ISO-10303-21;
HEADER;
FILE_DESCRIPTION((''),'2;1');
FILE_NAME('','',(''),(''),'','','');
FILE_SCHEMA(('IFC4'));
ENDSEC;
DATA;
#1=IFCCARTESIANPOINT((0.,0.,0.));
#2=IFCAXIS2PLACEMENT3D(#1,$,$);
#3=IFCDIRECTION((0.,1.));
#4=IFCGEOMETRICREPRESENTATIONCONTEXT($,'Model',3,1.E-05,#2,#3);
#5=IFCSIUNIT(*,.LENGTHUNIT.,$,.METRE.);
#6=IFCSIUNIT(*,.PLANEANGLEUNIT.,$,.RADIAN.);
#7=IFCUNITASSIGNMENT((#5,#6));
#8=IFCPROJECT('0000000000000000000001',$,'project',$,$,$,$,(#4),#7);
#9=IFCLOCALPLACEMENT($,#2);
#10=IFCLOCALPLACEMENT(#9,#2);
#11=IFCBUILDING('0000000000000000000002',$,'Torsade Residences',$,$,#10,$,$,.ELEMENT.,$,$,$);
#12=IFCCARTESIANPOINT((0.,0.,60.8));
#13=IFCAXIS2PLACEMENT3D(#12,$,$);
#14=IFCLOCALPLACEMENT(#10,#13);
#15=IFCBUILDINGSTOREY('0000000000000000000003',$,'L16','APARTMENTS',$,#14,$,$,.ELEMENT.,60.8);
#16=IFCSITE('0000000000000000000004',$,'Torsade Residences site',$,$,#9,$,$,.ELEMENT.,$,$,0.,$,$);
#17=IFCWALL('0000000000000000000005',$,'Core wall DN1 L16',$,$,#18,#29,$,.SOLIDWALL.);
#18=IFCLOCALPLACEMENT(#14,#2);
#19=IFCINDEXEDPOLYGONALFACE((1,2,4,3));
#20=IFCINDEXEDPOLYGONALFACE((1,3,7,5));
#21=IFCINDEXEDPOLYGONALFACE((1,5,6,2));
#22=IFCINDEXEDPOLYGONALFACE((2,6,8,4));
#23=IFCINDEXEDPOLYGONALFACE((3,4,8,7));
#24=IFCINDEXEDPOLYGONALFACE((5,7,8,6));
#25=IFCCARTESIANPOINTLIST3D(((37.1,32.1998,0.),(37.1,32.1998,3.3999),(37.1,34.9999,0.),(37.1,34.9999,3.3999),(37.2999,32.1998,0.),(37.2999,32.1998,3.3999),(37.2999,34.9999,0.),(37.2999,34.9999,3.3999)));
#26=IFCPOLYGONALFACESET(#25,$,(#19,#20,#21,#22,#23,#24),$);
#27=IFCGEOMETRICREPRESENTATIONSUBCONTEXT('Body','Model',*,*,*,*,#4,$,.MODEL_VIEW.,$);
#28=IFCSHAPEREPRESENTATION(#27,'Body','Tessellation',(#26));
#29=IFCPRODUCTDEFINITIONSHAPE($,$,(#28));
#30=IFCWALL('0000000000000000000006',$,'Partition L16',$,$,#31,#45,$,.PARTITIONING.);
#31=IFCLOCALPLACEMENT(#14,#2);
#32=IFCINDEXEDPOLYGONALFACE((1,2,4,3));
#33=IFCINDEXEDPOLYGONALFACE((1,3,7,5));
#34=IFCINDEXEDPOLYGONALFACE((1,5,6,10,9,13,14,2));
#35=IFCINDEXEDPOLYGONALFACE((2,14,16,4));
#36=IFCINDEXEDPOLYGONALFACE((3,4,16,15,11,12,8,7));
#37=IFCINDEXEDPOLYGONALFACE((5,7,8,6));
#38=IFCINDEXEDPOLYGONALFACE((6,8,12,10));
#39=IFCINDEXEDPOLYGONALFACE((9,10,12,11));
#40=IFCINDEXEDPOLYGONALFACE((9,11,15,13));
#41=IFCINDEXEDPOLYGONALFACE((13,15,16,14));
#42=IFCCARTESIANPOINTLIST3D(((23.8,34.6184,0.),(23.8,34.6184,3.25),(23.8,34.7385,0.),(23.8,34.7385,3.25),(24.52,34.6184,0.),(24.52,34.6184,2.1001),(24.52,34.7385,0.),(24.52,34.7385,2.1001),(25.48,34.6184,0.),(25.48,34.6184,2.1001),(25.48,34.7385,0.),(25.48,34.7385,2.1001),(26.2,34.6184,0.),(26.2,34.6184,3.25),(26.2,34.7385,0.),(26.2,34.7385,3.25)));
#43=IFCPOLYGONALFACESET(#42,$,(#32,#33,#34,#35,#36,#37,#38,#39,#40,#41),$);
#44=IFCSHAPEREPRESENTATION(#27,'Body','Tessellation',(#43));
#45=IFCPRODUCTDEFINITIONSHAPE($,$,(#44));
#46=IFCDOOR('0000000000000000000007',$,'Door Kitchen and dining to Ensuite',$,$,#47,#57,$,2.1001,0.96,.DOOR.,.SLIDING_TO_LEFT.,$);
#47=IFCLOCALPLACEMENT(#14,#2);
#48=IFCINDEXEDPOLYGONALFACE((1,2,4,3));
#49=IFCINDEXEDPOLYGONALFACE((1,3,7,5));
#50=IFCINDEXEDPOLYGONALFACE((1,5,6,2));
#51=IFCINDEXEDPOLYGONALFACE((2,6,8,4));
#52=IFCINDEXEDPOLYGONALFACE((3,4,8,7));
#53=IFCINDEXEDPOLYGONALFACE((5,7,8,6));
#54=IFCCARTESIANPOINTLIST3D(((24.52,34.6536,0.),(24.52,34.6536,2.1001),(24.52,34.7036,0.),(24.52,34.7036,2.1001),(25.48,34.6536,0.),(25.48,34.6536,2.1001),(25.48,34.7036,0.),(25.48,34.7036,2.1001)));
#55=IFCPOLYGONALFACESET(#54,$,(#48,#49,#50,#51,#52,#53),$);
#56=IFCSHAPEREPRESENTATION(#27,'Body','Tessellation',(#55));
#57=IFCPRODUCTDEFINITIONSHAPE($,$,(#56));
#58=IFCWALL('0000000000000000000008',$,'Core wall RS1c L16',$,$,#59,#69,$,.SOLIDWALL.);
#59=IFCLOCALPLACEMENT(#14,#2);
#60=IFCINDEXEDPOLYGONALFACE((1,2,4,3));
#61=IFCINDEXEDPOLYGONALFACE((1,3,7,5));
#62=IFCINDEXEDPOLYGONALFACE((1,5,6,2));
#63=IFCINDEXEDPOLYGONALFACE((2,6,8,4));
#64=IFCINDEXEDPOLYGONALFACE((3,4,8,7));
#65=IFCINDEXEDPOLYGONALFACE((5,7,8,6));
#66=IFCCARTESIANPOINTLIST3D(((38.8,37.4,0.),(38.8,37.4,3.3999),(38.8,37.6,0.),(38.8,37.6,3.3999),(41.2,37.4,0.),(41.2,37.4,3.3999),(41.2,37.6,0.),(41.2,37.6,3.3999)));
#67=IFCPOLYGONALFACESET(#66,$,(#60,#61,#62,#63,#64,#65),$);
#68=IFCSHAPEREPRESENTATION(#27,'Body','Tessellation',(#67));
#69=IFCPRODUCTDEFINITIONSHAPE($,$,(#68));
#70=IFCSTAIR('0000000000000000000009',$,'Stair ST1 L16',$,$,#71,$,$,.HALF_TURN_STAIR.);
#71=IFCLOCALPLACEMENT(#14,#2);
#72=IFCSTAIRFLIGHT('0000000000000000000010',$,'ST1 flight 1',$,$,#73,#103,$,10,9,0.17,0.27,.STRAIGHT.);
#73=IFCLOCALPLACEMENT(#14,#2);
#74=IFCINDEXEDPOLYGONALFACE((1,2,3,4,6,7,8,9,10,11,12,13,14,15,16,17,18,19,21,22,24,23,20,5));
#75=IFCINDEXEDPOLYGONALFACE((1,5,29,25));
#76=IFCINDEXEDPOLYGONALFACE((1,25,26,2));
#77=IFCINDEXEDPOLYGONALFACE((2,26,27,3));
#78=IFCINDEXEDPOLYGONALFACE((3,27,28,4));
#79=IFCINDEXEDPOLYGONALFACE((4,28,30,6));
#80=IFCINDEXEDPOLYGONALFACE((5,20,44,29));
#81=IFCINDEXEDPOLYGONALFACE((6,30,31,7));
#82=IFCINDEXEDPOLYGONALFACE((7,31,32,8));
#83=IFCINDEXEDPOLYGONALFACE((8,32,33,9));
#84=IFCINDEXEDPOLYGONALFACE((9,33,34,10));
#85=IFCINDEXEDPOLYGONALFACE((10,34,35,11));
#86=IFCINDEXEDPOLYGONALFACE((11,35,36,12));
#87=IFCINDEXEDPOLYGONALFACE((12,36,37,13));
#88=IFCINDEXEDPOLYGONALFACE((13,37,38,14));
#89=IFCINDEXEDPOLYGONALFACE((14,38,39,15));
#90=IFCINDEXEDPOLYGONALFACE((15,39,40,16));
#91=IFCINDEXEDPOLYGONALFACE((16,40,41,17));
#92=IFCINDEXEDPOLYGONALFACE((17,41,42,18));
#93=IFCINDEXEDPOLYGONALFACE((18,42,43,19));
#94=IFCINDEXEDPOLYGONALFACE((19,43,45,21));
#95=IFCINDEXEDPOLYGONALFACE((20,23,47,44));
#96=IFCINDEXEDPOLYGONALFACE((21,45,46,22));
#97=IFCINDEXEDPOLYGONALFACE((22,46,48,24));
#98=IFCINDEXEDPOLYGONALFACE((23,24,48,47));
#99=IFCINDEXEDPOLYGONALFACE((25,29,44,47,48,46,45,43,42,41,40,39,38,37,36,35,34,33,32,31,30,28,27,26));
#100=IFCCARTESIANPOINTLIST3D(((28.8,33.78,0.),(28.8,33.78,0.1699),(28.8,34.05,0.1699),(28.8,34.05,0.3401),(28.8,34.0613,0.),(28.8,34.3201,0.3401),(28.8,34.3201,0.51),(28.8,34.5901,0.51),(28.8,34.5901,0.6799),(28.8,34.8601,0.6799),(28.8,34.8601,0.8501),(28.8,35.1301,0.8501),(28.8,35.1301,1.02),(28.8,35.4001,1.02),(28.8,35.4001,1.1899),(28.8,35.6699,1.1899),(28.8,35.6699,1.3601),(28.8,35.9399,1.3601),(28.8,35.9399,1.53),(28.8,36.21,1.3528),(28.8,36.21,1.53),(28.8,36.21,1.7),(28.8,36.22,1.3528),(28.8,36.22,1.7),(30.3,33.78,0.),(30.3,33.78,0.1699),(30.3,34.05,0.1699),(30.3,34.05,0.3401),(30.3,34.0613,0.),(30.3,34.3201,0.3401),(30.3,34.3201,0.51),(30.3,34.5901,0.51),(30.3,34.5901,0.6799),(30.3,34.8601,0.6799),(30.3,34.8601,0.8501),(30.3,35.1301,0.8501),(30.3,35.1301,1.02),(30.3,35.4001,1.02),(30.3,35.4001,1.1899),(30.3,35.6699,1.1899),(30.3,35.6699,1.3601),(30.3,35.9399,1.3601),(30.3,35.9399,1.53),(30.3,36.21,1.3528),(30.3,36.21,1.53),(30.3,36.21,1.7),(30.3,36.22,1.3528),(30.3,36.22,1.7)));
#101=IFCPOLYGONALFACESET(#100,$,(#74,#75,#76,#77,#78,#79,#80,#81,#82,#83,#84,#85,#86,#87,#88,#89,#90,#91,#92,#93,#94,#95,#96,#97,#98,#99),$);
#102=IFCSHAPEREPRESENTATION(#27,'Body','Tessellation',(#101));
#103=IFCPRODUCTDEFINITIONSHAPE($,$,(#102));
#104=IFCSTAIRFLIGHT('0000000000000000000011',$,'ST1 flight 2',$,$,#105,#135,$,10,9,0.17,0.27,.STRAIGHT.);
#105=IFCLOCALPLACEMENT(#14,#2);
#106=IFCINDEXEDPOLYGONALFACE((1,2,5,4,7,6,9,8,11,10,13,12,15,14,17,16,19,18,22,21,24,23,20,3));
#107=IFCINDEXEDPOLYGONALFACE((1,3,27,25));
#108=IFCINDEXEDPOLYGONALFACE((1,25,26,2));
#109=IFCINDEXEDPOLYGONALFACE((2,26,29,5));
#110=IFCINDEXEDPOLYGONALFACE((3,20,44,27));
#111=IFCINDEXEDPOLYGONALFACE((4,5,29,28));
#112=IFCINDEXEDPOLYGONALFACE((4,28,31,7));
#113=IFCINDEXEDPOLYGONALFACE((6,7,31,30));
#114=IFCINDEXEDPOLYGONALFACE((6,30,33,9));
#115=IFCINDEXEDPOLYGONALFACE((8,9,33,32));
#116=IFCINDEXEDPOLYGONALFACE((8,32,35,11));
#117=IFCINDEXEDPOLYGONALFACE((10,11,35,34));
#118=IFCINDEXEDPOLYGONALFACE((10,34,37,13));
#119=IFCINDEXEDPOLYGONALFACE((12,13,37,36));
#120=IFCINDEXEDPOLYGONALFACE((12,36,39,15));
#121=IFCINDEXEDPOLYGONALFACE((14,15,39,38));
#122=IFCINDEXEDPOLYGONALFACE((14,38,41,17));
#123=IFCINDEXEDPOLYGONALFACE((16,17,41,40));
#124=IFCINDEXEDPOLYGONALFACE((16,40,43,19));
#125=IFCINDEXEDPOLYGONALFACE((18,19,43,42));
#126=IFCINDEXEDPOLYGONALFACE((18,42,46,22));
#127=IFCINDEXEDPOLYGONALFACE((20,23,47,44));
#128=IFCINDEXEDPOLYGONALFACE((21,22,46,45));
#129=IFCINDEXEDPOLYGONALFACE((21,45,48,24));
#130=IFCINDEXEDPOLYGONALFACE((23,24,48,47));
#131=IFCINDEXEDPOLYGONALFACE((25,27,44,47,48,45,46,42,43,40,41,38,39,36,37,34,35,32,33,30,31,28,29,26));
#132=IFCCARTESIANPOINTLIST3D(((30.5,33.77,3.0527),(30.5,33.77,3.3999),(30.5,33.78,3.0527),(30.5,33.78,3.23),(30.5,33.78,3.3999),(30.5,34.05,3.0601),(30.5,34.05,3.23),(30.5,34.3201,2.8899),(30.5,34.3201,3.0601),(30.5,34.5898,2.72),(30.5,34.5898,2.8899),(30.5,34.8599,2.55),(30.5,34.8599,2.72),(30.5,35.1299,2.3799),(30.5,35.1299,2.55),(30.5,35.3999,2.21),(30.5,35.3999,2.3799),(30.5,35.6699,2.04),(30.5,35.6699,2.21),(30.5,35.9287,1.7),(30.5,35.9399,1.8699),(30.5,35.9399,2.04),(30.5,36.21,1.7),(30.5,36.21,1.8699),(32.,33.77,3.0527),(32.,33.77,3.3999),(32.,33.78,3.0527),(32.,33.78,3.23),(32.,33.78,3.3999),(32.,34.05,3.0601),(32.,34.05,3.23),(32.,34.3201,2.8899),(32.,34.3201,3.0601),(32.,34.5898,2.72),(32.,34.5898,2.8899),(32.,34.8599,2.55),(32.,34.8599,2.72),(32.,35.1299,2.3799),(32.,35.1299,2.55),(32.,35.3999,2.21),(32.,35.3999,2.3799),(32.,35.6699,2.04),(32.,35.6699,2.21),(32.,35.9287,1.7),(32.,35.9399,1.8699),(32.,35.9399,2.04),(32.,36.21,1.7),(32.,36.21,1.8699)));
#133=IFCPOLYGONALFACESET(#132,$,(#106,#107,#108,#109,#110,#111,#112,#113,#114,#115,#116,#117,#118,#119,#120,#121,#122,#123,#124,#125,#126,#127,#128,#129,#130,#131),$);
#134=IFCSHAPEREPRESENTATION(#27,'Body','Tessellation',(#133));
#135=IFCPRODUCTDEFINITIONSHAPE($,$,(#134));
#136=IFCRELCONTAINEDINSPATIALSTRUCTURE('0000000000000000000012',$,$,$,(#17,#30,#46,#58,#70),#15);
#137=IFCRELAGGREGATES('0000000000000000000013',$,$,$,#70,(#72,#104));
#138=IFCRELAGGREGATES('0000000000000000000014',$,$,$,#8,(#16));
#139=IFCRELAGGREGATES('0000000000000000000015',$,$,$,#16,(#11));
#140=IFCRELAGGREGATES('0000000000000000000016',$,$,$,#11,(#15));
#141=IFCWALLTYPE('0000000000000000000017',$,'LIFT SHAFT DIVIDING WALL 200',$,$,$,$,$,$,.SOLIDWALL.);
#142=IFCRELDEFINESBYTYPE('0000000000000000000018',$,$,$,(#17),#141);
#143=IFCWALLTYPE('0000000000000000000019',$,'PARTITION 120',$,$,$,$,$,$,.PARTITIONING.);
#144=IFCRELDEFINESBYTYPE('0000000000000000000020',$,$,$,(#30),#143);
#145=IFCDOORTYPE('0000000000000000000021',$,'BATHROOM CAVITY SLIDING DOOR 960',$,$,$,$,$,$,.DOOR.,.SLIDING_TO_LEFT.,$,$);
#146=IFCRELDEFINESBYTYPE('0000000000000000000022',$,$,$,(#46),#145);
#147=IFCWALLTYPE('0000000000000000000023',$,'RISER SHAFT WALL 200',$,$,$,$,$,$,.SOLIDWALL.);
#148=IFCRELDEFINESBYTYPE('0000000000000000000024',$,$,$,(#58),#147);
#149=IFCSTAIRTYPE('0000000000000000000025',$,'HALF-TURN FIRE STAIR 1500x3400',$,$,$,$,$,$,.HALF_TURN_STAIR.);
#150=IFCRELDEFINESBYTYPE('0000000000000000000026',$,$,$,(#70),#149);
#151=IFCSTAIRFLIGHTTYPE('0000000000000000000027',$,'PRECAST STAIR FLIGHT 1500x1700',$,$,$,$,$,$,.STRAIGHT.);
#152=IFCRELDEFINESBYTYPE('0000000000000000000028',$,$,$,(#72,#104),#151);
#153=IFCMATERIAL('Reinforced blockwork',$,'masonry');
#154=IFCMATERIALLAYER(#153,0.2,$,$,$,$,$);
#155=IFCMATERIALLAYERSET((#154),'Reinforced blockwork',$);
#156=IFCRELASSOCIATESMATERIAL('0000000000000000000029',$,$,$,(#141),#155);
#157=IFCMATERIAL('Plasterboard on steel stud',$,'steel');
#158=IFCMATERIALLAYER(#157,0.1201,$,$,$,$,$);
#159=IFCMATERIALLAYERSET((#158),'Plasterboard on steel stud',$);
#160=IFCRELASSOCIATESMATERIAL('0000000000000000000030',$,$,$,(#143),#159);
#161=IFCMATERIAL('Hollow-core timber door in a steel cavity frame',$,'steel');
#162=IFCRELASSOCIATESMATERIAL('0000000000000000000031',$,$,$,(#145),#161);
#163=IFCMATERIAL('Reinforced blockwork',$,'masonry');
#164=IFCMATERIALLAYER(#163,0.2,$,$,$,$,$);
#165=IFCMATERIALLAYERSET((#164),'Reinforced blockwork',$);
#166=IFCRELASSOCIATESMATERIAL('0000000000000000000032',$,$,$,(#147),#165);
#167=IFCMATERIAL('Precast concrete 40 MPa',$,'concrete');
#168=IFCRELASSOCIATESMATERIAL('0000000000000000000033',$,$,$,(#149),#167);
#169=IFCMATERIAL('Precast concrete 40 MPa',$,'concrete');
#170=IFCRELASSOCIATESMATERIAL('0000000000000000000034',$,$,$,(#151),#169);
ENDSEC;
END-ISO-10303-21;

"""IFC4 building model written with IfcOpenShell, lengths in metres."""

from ifc_helpers import new_model, si_unit, direction, frame, frame_2d, origin, place, context, subcontext, project, spatial, polyline, rectangle, outline, extrude, material, layer, layer_set, type_object, element, fill, aggregate, save


model = new_model("IFC4")

# Units and contexts
model_context = context("Model", 3, precision=1e-05, world=origin(), true_north=direction((0.0, 1.0)))
body_context = subcontext(model_context, "Body", "Model", "MODEL_VIEW")
ifc_project = project(units=[si_unit("LENGTHUNIT", "METRE"), si_unit("PLANEANGLEUNIT", "RADIAN")], contexts=[model_context])

# Site, building, storey
site_placement = place(None, origin())
site = spatial("IfcSite", under=ifc_project, at=site_placement, Name="Torsade Residences site", CompositionType="ELEMENT", RefElevation=0.0)
building_placement = place(site_placement, origin())
building = spatial("IfcBuilding", under=site, at=building_placement, Name="Torsade Residences", CompositionType="ELEMENT")
storey_placement = place(building_placement, frame((0.0, 0.0, 60.8)))
storey = spatial("IfcBuildingStorey", under=building, at=storey_placement, Name="L16", Description="APARTMENTS", CompositionType="ELEMENT", Elevation=60.8)

# Wall
ifc_material_1 = material(Name="Reinforced blockwork", Category="masonry")
ifc_layer_1 = layer(ifc_material_1, 0.2)
ifc_layer_set_1 = layer_set([ifc_layer_1], Name="Reinforced blockwork")
wall_type_1 = type_object("IfcWallType", Name="LIFT SHAFT DIVIDING WALL 200", PredefinedType="SOLIDWALL", material=ifc_layer_set_1)
wall_1_placement = place(storey_placement, frame((37.2, 32.2, 0.0), z_axis=(0.0, 0.0, 1.0), x_axis=(0.0, 1.0, 0.0)))
element("IfcWall", 1, at=wall_1_placement, inside=storey, type_object=wall_type_1, Name="Core wall DN1 L16", PredefinedType="SOLIDWALL", context=body_context, shape_type="SweptSolid", body=[
    extrude(rectangle(XDim=2.8, YDim=0.2, at=frame_2d((1.3999, 0.0))), origin(), (0.0, 0.0, 1.0), 3.3999),
])

# Wall, opening, door
ifc_material_2 = material(Name="Plasterboard on steel stud", Category="steel")
ifc_layer_2 = layer(ifc_material_2, 0.1201)
ifc_layer_set_2 = layer_set([ifc_layer_2], Name="Plasterboard on steel stud")
wall_type_2 = type_object("IfcWallType", Name="PARTITION 120", PredefinedType="PARTITIONING", material=ifc_layer_set_2)
wall_2_placement = place(storey_placement, frame((26.2, 34.6785, 0.0), z_axis=(0.0, 0.0, 1.0), x_axis=(-1.0, 0.0, 0.0)))
wall_2 = element("IfcWall", 2, at=wall_2_placement, inside=storey, type_object=wall_type_2, Name="Partition L16", PredefinedType="PARTITIONING", context=body_context, shape_type="SweptSolid", body=[
    extrude(rectangle(XDim=2.3999, YDim=0.1201, at=frame_2d((1.2, 0.0))), origin(), (0.0, 0.0, 1.0), 3.25),
])
opening_1_placement = place(wall_2_placement, frame((0.72, 0.0, 0.0)))
opening_1 = element("IfcOpeningElement", 3, at=opening_1_placement, cuts=wall_2, PredefinedType="OPENING", context=body_context, shape_type="SweptSolid", body=[
    extrude(rectangle(XDim=0.96, YDim=2.1001, at=frame_2d((0.48, 1.05))), frame((0.0, 0.0701, 0.0), z_axis=(0.0, -1.0, 0.0), x_axis=(1.0, 0.0, 0.0)), (0.0, 0.0, 1.0), 0.1401),
])
ifc_material_3 = material(Name="Hollow-core timber door in a steel cavity frame", Category="steel")
door_type_1 = type_object("IfcDoorType", Name="BATHROOM CAVITY SLIDING DOOR 960", OperationType="SLIDING_TO_LEFT", PredefinedType="DOOR", material=ifc_material_3)
door_1_placement = place(opening_1_placement, origin())
door_1 = element("IfcDoor", 4, at=door_1_placement, inside=storey, type_object=door_type_1, Name="Door Kitchen and dining to Ensuite", OperationType="SLIDING_TO_LEFT", OverallHeight=2.1001, OverallWidth=0.96, PredefinedType="DOOR", context=body_context, shape_type="SweptSolid", body=[
    extrude(rectangle(XDim=0.96, YDim=2.1001, at=frame_2d((0.48, 1.05))), frame((0.0, 0.0249, 0.0), z_axis=(0.0, -1.0, 0.0), x_axis=(1.0, 0.0, 0.0)), (0.0, 0.0, 1.0), 0.05),
])
fill(opening_1, door_1)

# Wall
ifc_material_4 = material(Name="Reinforced blockwork", Category="masonry")
ifc_layer_3 = layer(ifc_material_4, 0.2)
ifc_layer_set_3 = layer_set([ifc_layer_3], Name="Reinforced blockwork")
wall_type_3 = type_object("IfcWallType", Name="RISER SHAFT WALL 200", PredefinedType="SOLIDWALL", material=ifc_layer_set_3)
wall_3_placement = place(storey_placement, frame((38.8, 37.5, 0.0), z_axis=(0.0, 0.0, 1.0), x_axis=(1.0, 0.0, 0.0)))
element("IfcWall", 5, at=wall_3_placement, inside=storey, type_object=wall_type_3, Name="Core wall RS1c L16", PredefinedType="SOLIDWALL", context=body_context, shape_type="SweptSolid", body=[
    extrude(rectangle(XDim=2.3999, YDim=0.2, at=frame_2d((1.2, 0.0))), origin(), (0.0, 0.0, 1.0), 3.3999),
])

# Stair, stair flights
ifc_material_5 = material(Name="Precast concrete 40 MPa", Category="concrete")
stair_type = type_object("IfcStairType", Name="HALF-TURN FIRE STAIR 1500x3400", PredefinedType="HALF_TURN_STAIR", material=ifc_material_5)
stair_placement = place(storey_placement, origin())
stair = element("IfcStair", 6, at=stair_placement, inside=storey, type_object=stair_type, Name="Stair ST1 L16", PredefinedType="HALF_TURN_STAIR")
ifc_material_6 = material(Name="Precast concrete 40 MPa", Category="concrete")
stair_flight_type = type_object("IfcStairFlightType", Name="PRECAST STAIR FLIGHT 1500x1700", PredefinedType="STRAIGHT", material=ifc_material_6)
stair_flight_1_placement = place(storey_placement, frame((29.55, 33.78, 0.0), z_axis=(0.0, 0.0, 1.0), x_axis=(0.0, 1.0, 0.0)))
stair_flight_1 = element("IfcStairFlight", 7, at=stair_flight_1_placement, type_object=stair_flight_type, Name="ST1 flight 1", NumberOfRisers=10, NumberOfTreads=9, PredefinedType="STRAIGHT", RiserHeight=0.17, TreadLength=0.27, context=body_context, shape_type="SweptSolid", body=[
    extrude(outline(polyline([(0.0, 0.0), (0.0, 0.1699), (0.27, 0.1699), (0.27, 0.3401), (0.54, 0.3401), (0.54, 0.51), (0.8101, 0.51), (0.8101, 0.6799), (1.0801, 0.6799), (1.0801, 0.8501), (1.3501, 0.8501), (1.3501, 1.02), (1.6201, 1.02), (1.6201, 1.1899), (1.8899, 1.1899), (1.8899, 1.3601), (2.1599, 1.3601), (2.1599, 1.53), (2.4299, 1.53), (2.4299, 1.7), (2.4399, 1.7), (2.4399, 1.3528), (2.4299, 1.3528), (0.2812, 0.0), (0.0, 0.0)])), frame((0.0, 0.75, 0.0), z_axis=(0.0, -1.0, 0.0), x_axis=(1.0, 0.0, 0.0)), (0.0, 0.0, 1.0), 1.5),
])
stair_flight_2_placement = place(storey_placement, frame((31.25, 36.21, 1.7), z_axis=(0.0, 0.0, 1.0), x_axis=(0.0, -1.0, 0.0)))
stair_flight_2 = element("IfcStairFlight", 8, at=stair_flight_2_placement, type_object=stair_flight_type, Name="ST1 flight 2", NumberOfRisers=10, NumberOfTreads=9, PredefinedType="STRAIGHT", RiserHeight=0.17, TreadLength=0.27, context=body_context, shape_type="SweptSolid", body=[
    extrude(outline(polyline([(0.0, 0.0), (0.0, 0.1699), (0.27, 0.1699), (0.27, 0.3401), (0.54, 0.3401), (0.54, 0.51), (0.8101, 0.51), (0.8101, 0.6799), (1.0801, 0.6799), (1.0801, 0.8501), (1.3501, 0.8501), (1.3501, 1.02), (1.6201, 1.02), (1.6201, 1.1899), (1.8899, 1.1899), (1.8899, 1.3601), (2.1599, 1.3601), (2.1599, 1.53), (2.4299, 1.53), (2.4299, 1.7), (2.4399, 1.7), (2.4399, 1.3528), (2.4299, 1.3528), (0.2812, 0.0), (0.0, 0.0)])), frame((0.0, 0.75, 0.0), z_axis=(0.0, -1.0, 0.0), x_axis=(1.0, 0.0, 0.0)), (0.0, 0.0, 1.0), 1.5),
])
aggregate(stair, [stair_flight_1, stair_flight_2])

save(model, "model.ifc")
